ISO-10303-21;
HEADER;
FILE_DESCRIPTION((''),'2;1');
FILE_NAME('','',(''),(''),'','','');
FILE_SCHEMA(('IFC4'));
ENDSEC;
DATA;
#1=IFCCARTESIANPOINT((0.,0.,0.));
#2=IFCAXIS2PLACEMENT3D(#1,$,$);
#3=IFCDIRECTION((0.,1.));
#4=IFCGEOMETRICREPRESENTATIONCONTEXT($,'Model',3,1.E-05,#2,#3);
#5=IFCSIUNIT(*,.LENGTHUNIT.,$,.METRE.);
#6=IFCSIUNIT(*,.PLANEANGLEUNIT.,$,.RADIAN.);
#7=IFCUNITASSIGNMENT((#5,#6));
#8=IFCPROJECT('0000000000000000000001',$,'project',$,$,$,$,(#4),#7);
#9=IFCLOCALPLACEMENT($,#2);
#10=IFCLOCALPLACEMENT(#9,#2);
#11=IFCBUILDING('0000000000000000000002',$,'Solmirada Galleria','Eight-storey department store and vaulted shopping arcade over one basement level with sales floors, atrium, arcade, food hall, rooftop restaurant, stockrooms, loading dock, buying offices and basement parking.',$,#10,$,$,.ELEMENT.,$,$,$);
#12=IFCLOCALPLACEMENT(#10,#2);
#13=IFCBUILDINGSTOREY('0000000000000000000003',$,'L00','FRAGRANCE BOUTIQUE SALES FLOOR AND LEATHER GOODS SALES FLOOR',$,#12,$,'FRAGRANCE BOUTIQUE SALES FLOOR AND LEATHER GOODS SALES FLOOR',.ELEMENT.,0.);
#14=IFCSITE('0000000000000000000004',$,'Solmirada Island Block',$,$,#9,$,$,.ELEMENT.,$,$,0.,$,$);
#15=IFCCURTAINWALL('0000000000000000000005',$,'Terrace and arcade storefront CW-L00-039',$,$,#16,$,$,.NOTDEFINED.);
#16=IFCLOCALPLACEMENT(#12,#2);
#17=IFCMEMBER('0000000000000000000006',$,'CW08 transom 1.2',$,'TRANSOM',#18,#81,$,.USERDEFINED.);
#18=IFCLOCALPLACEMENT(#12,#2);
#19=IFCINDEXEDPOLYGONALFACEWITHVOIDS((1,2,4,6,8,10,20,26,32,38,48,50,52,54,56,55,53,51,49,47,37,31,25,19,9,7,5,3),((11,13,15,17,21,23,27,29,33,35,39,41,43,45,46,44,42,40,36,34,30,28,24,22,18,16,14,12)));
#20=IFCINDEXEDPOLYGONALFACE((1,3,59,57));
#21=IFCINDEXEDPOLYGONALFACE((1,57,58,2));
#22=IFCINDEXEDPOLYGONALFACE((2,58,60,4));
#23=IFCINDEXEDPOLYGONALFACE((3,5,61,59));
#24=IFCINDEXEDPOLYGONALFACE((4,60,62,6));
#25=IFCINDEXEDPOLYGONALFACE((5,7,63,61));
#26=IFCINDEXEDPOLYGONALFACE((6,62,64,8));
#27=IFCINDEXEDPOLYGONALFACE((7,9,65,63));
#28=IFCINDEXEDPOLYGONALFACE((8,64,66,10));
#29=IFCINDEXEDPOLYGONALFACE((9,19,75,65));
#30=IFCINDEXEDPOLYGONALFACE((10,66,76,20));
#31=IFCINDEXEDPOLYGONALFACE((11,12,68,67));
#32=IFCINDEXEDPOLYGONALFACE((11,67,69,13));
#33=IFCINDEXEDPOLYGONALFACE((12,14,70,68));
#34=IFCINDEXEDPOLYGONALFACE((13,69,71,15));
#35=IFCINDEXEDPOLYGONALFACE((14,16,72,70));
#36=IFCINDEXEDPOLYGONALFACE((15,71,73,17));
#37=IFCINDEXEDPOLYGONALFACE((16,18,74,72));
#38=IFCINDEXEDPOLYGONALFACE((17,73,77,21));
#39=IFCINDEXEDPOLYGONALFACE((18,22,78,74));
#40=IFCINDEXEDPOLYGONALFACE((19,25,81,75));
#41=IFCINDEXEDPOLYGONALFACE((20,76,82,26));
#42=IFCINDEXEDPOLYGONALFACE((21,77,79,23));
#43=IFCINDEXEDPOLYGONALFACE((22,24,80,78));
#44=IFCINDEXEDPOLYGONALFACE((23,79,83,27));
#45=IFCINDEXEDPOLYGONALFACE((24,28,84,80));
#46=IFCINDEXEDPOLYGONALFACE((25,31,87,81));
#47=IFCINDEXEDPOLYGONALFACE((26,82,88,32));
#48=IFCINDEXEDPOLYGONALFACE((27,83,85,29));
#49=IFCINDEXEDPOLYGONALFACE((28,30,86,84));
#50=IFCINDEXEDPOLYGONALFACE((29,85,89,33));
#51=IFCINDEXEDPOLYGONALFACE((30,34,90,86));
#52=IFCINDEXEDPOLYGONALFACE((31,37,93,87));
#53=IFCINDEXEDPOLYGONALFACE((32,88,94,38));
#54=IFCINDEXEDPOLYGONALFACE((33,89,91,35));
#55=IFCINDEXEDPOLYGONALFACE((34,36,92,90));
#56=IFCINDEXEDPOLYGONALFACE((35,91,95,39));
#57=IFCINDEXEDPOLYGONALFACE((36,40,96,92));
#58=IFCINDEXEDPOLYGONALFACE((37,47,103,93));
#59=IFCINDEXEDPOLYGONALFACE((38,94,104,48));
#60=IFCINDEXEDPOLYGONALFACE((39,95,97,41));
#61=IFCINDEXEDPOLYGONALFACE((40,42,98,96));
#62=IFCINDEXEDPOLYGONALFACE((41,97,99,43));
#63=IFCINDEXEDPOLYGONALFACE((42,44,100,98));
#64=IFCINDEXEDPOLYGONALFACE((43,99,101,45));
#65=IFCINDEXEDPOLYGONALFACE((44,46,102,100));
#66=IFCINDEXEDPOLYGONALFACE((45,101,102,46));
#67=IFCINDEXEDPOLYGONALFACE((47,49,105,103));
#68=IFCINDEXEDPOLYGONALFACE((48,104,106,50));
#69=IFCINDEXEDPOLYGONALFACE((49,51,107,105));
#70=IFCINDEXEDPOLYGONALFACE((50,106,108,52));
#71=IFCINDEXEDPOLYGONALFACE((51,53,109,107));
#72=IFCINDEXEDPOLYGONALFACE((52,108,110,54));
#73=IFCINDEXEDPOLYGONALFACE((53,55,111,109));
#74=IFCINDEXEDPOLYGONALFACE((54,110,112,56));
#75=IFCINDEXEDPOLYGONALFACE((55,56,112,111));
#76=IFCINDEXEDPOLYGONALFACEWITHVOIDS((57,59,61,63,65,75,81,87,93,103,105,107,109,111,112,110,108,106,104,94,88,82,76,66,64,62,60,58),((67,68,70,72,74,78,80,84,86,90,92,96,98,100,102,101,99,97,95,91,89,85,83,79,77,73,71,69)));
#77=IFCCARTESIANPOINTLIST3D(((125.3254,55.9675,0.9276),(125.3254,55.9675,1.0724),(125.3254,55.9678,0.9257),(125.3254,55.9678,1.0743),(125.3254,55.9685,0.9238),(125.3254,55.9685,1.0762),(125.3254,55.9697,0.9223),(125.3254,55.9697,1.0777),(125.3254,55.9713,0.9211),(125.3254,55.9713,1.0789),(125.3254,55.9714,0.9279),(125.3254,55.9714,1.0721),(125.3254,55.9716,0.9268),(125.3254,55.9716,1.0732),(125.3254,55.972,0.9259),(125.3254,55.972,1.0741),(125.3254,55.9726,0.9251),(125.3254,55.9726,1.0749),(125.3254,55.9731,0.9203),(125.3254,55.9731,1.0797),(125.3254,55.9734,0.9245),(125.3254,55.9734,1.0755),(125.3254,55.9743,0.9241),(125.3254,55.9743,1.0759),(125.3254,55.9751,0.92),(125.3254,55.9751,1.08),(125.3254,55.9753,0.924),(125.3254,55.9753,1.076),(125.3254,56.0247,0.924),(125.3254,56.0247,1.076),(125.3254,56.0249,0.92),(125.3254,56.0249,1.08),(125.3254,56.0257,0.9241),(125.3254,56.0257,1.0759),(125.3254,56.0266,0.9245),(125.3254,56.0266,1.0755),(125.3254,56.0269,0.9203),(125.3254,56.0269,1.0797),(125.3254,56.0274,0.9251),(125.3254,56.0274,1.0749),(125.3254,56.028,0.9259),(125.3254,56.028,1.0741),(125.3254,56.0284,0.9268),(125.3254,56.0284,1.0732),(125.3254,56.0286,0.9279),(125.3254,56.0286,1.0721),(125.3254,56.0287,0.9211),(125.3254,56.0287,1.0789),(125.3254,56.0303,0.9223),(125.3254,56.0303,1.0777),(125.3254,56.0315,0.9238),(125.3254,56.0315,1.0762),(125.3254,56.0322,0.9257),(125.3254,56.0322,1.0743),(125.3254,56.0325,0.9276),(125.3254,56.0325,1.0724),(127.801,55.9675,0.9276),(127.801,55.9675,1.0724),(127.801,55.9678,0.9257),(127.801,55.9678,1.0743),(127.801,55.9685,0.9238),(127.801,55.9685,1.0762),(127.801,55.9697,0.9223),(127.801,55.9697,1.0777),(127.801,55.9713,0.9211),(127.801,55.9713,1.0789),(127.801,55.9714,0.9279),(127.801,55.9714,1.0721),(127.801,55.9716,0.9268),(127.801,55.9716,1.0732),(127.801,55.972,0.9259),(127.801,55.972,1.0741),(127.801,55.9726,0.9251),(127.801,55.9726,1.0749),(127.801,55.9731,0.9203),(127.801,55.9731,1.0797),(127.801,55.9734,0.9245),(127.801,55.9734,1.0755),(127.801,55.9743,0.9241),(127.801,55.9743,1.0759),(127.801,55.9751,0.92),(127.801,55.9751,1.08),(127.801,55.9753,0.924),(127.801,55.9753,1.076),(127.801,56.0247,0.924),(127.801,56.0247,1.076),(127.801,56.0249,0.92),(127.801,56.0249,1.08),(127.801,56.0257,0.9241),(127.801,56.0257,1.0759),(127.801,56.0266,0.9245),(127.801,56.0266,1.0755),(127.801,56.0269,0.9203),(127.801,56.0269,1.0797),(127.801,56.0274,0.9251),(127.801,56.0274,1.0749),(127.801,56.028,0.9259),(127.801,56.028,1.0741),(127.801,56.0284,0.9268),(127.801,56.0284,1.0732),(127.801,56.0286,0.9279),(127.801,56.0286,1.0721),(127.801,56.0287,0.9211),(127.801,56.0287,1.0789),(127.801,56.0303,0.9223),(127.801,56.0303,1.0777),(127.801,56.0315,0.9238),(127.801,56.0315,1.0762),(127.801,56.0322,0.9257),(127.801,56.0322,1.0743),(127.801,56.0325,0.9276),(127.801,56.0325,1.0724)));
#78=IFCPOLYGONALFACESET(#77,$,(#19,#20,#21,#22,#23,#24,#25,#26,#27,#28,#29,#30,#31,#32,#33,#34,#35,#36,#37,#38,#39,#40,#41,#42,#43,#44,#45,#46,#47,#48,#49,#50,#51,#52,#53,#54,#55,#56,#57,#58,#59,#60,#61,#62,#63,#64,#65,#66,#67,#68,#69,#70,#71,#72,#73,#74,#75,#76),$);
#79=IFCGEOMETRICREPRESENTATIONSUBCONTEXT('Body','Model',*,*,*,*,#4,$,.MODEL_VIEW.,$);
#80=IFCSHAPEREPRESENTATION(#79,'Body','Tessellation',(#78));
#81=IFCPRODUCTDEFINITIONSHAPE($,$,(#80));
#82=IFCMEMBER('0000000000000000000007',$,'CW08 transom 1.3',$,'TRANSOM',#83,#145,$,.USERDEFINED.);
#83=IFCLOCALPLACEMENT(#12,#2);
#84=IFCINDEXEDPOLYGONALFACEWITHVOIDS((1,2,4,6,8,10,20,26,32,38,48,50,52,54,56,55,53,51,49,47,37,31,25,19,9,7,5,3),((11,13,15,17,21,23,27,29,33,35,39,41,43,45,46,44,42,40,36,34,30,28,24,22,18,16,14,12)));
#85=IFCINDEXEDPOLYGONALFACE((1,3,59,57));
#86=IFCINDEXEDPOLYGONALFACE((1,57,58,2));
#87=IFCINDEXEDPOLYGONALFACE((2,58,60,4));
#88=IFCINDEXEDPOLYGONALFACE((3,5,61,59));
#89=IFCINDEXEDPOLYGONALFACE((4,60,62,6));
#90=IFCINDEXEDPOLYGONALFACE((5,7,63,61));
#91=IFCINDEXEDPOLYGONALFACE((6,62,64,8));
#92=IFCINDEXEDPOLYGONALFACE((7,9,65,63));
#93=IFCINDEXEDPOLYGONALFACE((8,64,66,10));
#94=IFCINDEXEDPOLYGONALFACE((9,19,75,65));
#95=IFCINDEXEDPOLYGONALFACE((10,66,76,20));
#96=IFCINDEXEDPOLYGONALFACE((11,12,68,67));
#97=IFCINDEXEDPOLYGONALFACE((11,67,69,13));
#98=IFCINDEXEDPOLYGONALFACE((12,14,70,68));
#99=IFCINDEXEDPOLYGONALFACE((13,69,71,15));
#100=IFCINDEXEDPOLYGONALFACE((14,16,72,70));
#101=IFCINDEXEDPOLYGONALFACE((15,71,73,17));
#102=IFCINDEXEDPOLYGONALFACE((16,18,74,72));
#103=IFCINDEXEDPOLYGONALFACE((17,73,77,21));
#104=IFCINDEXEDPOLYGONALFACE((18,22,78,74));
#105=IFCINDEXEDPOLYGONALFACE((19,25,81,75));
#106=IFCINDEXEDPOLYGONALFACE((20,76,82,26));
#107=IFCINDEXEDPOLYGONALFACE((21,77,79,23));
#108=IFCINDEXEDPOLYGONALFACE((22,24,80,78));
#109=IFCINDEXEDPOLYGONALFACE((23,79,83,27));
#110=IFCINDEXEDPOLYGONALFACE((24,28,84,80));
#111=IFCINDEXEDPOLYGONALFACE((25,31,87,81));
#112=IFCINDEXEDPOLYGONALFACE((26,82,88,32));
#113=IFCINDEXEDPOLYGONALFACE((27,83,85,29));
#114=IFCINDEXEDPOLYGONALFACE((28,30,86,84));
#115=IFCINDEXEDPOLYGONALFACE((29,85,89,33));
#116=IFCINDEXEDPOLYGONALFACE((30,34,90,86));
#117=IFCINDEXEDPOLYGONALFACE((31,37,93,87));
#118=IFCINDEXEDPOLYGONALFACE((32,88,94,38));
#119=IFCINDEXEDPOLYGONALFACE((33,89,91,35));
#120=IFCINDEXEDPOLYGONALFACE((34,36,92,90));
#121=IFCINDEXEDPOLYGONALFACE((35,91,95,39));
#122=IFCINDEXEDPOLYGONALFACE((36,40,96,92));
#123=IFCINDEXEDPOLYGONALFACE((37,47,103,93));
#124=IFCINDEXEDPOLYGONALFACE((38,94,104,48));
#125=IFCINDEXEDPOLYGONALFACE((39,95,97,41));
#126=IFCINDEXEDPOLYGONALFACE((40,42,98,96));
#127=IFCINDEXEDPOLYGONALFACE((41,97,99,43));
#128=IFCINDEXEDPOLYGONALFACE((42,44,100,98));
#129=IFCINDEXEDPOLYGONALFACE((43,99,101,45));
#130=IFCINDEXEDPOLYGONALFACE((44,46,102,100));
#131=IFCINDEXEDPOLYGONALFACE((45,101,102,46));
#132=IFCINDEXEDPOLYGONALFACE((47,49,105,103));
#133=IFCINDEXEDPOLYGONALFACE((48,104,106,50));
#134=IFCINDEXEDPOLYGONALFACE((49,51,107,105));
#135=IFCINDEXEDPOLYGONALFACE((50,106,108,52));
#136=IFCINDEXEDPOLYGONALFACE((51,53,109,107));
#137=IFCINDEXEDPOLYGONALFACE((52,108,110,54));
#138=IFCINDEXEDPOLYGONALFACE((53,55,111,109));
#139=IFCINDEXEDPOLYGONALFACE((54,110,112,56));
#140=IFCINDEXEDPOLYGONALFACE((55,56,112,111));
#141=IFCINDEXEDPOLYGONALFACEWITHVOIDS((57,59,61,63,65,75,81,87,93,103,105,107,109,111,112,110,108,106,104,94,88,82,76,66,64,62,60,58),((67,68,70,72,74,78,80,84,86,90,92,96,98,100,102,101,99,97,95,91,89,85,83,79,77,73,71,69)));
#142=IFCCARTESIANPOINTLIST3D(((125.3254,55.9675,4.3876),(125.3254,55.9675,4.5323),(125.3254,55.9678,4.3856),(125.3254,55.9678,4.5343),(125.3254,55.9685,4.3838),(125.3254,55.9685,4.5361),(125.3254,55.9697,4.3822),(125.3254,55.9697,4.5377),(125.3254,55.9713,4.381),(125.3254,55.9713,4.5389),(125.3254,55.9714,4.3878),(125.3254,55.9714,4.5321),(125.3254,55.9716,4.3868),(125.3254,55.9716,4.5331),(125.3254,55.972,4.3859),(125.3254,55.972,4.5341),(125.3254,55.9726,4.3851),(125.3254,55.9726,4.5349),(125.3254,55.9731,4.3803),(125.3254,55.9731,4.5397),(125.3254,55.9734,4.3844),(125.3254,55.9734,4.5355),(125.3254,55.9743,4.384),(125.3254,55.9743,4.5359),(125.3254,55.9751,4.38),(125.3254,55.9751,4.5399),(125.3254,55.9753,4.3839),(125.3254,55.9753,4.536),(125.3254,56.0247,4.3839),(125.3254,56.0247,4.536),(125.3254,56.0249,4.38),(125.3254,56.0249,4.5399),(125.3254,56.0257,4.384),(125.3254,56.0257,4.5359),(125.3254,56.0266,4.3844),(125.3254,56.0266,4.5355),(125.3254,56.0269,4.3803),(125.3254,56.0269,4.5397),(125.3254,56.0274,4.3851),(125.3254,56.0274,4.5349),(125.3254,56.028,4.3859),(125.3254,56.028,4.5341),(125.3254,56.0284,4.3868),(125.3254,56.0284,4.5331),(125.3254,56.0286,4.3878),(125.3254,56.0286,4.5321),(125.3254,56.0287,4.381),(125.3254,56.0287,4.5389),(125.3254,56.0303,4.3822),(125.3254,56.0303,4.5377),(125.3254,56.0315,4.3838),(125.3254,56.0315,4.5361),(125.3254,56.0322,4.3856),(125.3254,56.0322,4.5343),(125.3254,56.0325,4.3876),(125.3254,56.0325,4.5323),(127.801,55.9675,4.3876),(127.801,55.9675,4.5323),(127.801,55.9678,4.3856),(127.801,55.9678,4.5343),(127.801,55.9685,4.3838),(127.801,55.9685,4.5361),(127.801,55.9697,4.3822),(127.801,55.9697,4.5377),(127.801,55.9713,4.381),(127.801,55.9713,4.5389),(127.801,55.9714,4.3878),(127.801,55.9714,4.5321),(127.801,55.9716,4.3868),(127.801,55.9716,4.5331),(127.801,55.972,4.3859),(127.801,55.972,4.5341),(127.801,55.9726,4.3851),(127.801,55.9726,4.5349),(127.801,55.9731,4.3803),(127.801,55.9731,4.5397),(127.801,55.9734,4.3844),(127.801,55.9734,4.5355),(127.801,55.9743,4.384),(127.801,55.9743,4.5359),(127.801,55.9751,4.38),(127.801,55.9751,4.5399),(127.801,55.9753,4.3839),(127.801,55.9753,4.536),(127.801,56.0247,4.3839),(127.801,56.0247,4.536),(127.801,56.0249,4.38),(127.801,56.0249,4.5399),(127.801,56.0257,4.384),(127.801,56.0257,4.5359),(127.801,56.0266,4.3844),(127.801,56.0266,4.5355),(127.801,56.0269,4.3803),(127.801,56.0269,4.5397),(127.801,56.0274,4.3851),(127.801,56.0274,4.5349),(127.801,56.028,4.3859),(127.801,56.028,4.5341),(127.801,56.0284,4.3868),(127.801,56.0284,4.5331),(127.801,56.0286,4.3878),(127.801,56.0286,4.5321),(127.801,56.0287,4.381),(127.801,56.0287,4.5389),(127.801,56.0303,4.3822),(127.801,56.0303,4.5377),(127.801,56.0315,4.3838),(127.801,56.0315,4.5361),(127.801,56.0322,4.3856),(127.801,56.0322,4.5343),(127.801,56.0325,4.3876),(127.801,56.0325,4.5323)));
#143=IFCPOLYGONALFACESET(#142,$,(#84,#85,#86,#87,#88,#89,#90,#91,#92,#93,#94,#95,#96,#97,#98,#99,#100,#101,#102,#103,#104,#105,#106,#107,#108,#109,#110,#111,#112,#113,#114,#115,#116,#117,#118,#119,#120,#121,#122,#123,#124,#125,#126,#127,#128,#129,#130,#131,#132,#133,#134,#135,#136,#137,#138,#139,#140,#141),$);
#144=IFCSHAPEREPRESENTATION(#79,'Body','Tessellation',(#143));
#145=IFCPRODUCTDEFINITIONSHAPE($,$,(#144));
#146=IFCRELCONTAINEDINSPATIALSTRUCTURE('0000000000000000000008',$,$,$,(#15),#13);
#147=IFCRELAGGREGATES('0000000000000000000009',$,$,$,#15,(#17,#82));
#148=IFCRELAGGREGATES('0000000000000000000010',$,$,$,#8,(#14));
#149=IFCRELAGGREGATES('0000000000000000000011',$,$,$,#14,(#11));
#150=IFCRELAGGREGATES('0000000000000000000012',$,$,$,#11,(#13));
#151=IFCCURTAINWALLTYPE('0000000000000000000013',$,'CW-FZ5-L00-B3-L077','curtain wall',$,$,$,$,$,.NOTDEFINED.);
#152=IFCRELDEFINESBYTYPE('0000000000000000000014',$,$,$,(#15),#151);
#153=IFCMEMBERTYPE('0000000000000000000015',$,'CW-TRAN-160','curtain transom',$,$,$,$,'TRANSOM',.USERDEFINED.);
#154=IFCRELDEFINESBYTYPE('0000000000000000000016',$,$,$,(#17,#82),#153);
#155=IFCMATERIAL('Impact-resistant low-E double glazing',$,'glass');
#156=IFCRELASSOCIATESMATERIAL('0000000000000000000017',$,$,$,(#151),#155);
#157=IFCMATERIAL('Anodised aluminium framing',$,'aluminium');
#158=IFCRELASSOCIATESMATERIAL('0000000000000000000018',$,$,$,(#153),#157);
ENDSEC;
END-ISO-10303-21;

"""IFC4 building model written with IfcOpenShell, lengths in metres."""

from ifc_helpers import new_model, si_unit, direction, frame, origin, origin_2d, place, context, subcontext, project, spatial, hollow_rectangle, extrude, material, material_profile, profile_set, type_object, element, aggregate, save


model = new_model("IFC4")

# Units and contexts
model_context = context("Model", 3, precision=1e-05, world=origin(), true_north=direction((0.0, 1.0)))
body_context = subcontext(model_context, "Body", "Model", "MODEL_VIEW")
ifc_project = project(units=[si_unit("LENGTHUNIT", "METRE"), si_unit("PLANEANGLEUNIT", "RADIAN")], contexts=[model_context])

# Site, building, storey
site_placement = place(None, origin())
site = spatial("IfcSite", under=ifc_project, at=site_placement, Name="Solmirada Island Block", CompositionType="ELEMENT", RefElevation=0.0)
building_placement = place(site_placement, origin())
building = spatial("IfcBuilding", under=site, at=building_placement, Name="Solmirada Galleria", Description="Eight-storey department store and vaulted shopping arcade over one basement level with sales floors, atrium, arcade, food hall, rooftop restaurant, stockrooms, loading dock, buying offices and basement parking.", CompositionType="ELEMENT")
storey_placement = place(building_placement, origin())
storey = spatial("IfcBuildingStorey", under=building, at=storey_placement, Name="L00", Description="FRAGRANCE BOUTIQUE SALES FLOOR AND LEATHER GOODS SALES FLOOR", LongName="FRAGRANCE BOUTIQUE SALES FLOOR AND LEATHER GOODS SALES FLOOR", CompositionType="ELEMENT", Elevation=0.0)

# Curtain wall
ifc_material_1 = material(Name="Impact-resistant low-E double glazing", Category="glass")
curtain_wall_type = type_object("IfcCurtainWallType", Name="CW-FZ5-L00-B3-L077", Description="curtain wall", PredefinedType="NOTDEFINED", material=ifc_material_1)
ifc_material_2 = material(Name="Anodised aluminium framing", Category="aluminium")
curtain_wall_1_placement = place(storey_placement, origin())
curtain_wall_1 = element("IfcCurtainWall", 1, at=curtain_wall_1_placement, inside=storey, type_object=curtain_wall_type, Name="Terrace and arcade storefront CW-L00-039", PredefinedType="NOTDEFINED")

# Members
ifc_material_profile_1 = material_profile(ifc_material_2, hollow_rectangle(XDim=0.0649, YDim=0.1599, WallThickness=0.0039, InnerFilletRadius=0.0039, OuterFilletRadius=0.0076, at=origin_2d()), Name="ALU-TRAN-160X65")
ifc_profile_set_1 = profile_set([ifc_material_profile_1], Name="Anodised aluminium framing")
member_type_1 = type_object("IfcMemberType", Name="CW-TRAN-160", Description="curtain transom", ElementType="TRANSOM", PredefinedType="USERDEFINED", material=ifc_profile_set_1)
member_1_placement = place(storey_placement, frame((127.801, 56.0, 1.0), z_axis=(-1.0, 0.0, 0.0), x_axis=(0.0, -1.0, 0.0)))
member_1 = element("IfcMember", 2, at=member_1_placement, type_object=member_type_1, Name="CW08 transom 1.2", ObjectType="TRANSOM", PredefinedType="USERDEFINED", context=body_context, shape_type="SweptSolid", body=[
    extrude(hollow_rectangle(XDim=0.0649, YDim=0.1599, WallThickness=0.0039, InnerFilletRadius=0.0039, OuterFilletRadius=0.0076, at=origin_2d()), origin(), (0.0, 0.0, 1.0), 2.4756),
])
member_2_placement = place(storey_placement, frame((127.801, 56.0, 4.46), z_axis=(-1.0, 0.0, 0.0), x_axis=(0.0, -1.0, 0.0)))
member_2 = element("IfcMember", 3, at=member_2_placement, type_object=member_type_1, Name="CW08 transom 1.3", ObjectType="TRANSOM", PredefinedType="USERDEFINED", context=body_context, shape_type="SweptSolid", body=[
    extrude(hollow_rectangle(XDim=0.0649, YDim=0.1599, WallThickness=0.0039, InnerFilletRadius=0.0039, OuterFilletRadius=0.0076, at=origin_2d()), origin(), (0.0, 0.0, 1.0), 2.4756),
])

aggregate(curtain_wall_1, [member_1, member_2])

save(model, "model.ifc")
